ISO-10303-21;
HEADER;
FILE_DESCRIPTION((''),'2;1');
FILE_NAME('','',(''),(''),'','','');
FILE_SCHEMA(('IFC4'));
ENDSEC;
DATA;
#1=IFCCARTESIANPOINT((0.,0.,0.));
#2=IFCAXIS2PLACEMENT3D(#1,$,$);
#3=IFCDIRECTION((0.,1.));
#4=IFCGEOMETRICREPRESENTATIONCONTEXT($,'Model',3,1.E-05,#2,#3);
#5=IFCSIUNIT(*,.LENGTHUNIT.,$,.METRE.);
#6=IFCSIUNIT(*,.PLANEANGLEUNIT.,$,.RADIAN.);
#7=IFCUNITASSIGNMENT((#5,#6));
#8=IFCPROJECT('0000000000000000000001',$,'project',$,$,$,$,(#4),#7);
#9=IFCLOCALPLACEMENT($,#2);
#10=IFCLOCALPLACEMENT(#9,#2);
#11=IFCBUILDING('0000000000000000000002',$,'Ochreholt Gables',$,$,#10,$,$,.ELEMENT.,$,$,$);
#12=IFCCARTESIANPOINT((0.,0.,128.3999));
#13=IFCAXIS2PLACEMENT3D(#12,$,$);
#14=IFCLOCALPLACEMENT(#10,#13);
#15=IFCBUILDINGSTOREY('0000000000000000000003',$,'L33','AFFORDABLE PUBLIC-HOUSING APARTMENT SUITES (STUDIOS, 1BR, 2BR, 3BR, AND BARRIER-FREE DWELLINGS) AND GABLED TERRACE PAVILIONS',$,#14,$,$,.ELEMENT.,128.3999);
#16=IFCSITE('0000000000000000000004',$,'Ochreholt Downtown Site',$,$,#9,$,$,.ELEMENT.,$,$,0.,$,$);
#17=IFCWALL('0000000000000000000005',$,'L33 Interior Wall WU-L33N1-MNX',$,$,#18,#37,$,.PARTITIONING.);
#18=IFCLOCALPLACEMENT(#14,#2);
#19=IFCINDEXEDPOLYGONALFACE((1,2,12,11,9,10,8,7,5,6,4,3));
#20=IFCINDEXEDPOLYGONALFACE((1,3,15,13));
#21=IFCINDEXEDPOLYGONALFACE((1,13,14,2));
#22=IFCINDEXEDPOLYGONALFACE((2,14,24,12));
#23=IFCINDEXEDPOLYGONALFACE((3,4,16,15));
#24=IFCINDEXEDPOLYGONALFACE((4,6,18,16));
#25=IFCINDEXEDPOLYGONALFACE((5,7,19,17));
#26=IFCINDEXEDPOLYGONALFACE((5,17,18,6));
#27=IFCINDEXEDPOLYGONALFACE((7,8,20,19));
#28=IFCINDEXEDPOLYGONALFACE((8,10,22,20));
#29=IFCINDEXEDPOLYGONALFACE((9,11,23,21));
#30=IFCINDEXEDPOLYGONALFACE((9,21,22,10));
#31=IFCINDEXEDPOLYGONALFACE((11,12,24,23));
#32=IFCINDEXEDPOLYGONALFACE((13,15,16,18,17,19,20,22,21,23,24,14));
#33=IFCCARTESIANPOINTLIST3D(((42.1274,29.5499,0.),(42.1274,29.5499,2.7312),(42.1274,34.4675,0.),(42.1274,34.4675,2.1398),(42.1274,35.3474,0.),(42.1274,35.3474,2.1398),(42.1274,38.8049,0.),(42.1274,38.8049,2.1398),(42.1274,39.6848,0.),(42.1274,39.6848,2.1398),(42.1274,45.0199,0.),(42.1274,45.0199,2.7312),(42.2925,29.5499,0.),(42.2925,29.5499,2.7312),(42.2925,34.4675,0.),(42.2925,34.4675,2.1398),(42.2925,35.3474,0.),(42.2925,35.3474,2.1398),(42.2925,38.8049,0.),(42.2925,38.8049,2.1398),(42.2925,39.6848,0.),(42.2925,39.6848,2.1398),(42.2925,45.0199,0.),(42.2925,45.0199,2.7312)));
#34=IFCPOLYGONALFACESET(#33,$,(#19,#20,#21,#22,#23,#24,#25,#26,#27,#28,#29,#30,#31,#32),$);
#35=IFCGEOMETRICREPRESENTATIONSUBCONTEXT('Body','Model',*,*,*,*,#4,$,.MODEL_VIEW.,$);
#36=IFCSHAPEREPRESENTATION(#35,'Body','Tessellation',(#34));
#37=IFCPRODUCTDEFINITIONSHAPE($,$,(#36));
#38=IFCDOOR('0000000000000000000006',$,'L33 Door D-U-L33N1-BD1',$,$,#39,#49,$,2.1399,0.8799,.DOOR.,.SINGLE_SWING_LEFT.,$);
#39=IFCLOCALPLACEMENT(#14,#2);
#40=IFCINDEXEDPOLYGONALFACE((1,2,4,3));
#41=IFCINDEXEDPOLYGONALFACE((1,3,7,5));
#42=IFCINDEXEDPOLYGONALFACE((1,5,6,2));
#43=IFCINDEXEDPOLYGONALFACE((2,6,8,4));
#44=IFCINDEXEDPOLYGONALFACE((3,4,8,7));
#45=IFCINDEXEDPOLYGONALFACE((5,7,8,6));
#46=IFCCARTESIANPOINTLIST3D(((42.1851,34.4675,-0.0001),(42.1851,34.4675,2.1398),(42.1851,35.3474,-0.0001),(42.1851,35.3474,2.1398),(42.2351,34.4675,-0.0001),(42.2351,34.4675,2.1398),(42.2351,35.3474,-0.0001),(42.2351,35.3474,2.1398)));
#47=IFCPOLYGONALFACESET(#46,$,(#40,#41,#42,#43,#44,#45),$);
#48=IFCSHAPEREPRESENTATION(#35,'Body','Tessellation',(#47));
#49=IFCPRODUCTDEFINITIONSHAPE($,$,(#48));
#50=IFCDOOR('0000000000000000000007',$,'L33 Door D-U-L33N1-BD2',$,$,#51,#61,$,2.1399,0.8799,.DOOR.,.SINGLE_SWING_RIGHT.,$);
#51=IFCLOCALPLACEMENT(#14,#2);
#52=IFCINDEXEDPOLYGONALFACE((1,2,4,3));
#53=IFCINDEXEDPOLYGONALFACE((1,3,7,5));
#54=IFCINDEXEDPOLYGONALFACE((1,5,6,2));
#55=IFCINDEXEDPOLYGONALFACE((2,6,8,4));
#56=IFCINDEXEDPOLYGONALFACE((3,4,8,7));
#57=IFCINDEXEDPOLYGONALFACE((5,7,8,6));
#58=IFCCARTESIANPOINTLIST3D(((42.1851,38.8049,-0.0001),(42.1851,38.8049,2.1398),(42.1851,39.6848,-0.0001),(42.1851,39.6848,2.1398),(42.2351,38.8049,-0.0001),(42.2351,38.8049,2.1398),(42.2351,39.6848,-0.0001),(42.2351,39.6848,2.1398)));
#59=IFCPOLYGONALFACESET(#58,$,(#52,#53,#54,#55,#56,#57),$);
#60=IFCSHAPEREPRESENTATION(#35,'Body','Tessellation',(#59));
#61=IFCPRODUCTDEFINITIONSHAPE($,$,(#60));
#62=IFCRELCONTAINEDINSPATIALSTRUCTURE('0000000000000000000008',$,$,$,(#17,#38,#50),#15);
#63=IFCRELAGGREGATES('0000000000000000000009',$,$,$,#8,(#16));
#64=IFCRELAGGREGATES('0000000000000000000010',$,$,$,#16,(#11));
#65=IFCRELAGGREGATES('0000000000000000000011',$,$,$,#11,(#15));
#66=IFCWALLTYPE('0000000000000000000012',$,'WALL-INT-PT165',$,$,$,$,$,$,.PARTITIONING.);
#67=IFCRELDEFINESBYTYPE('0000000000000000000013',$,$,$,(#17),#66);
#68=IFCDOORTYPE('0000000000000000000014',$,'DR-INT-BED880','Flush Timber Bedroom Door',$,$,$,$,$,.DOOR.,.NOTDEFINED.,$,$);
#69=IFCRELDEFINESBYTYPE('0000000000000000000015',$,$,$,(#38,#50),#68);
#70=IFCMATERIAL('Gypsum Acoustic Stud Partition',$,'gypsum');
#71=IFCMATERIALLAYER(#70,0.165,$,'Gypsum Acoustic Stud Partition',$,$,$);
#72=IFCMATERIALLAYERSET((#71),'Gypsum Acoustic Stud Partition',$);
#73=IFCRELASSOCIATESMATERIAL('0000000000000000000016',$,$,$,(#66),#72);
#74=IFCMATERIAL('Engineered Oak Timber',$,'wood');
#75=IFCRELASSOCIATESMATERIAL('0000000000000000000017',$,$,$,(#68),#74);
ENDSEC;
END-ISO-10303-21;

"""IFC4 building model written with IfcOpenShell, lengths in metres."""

from ifc_helpers import new_model, si_unit, direction, frame, frame_2d, origin, place, context, subcontext, project, spatial, rectangle, extrude, material, layer, layer_set, type_object, element, fill, save


model = new_model("IFC4")

# Units and contexts
model_context = context("Model", 3, precision=1e-05, world=origin(), true_north=direction((0.0, 1.0)))
body_context = subcontext(model_context, "Body", "Model", "MODEL_VIEW")
ifc_project = project(units=[si_unit("LENGTHUNIT", "METRE"), si_unit("PLANEANGLEUNIT", "RADIAN")], contexts=[model_context])

# Site, building, storey
site_placement = place(None, origin())
site = spatial("IfcSite", under=ifc_project, at=site_placement, Name="Ochreholt Downtown Site", CompositionType="ELEMENT", RefElevation=0.0)
building_placement = place(site_placement, origin())
building = spatial("IfcBuilding", under=site, at=building_placement, Name="Ochreholt Gables", CompositionType="ELEMENT")
storey_placement = place(building_placement, frame((0.0, 0.0, 128.3999)))
storey = spatial("IfcBuildingStorey", under=building, at=storey_placement, Name="L33", Description="AFFORDABLE PUBLIC-HOUSING APARTMENT SUITES (STUDIOS, 1BR, 2BR, 3BR, AND BARRIER-FREE DWELLINGS) AND GABLED TERRACE PAVILIONS", CompositionType="ELEMENT", Elevation=128.3999)

# Shared definitions
ifc_material_1 = material(Name="Engineered Oak Timber", Category="wood")

# Wall, openings, doors
ifc_material_2 = material(Name="Gypsum Acoustic Stud Partition", Category="gypsum")
ifc_layer_1 = layer(ifc_material_2, 0.165, Name="Gypsum Acoustic Stud Partition")
ifc_layer_set_1 = layer_set([ifc_layer_1], Name="Gypsum Acoustic Stud Partition")
wall_type_1 = type_object("IfcWallType", Name="WALL-INT-PT165", PredefinedType="PARTITIONING", material=ifc_layer_set_1)
wall_1_placement = place(storey_placement, frame((42.21, 29.55, 0.0), z_axis=(0.0, 0.0, 1.0), x_axis=(0.0, 1.0, 0.0)))
wall_1 = element("IfcWall", 1, at=wall_1_placement, inside=storey, type_object=wall_type_1, Name="L33 Interior Wall WU-L33N1-MNX", PredefinedType="PARTITIONING", context=body_context, shape_type="SweptSolid", body=[
    extrude(rectangle(XDim=15.47, YDim=0.165, at=frame_2d((7.7349, 0.0))), origin(), (0.0, 0.0, 1.0), 2.7312),
])
opening_1_placement = place(wall_1_placement, frame((4.9175, 0.0, 0.0)))
opening_1 = element("IfcOpeningElement", 2, at=opening_1_placement, cuts=wall_1, PredefinedType="OPENING", context=body_context, shape_type="SweptSolid", body=[
    extrude(rectangle(XDim=0.8799, YDim=2.1399, at=frame_2d((0.4399, 1.0698))), frame((0.0, 0.0925, 0.0), z_axis=(0.0, -1.0, 0.0), x_axis=(1.0, 0.0, 0.0)), (0.0, 0.0, 1.0), 0.1851),
])
opening_2_placement = place(wall_1_placement, frame((9.2549, 0.0, 0.0)))
opening_2 = element("IfcOpeningElement", 3, at=opening_2_placement, cuts=wall_1, PredefinedType="OPENING", context=body_context, shape_type="SweptSolid", body=[
    extrude(rectangle(XDim=0.8799, YDim=2.1399, at=frame_2d((0.4399, 1.0698))), frame((0.0, 0.0925, 0.0), z_axis=(0.0, -1.0, 0.0), x_axis=(1.0, 0.0, 0.0)), (0.0, 0.0, 1.0), 0.1851),
])
door_type_1 = type_object("IfcDoorType", Name="DR-INT-BED880", Description="Flush Timber Bedroom Door", OperationType="NOTDEFINED", PredefinedType="DOOR", material=ifc_material_1)
door_1_placement = place(opening_1_placement, origin())
door_1 = element("IfcDoor", 4, at=door_1_placement, inside=storey, type_object=door_type_1, Name="L33 Door D-U-L33N1-BD1", OperationType="SINGLE_SWING_LEFT", OverallHeight=2.1399, OverallWidth=0.8799, PredefinedType="DOOR", context=body_context, shape_type="SweptSolid", body=[
    extrude(rectangle(XDim=0.8799, YDim=2.1399, at=frame_2d((0.4399, 1.0698))), frame((0.0, 0.0249, 0.0), z_axis=(0.0, -1.0, 0.0), x_axis=(1.0, 0.0, 0.0)), (0.0, 0.0, 1.0), 0.05),
])
fill(opening_1, door_1)
door_2_placement = place(opening_2_placement, origin())
door_2 = element("IfcDoor", 5, at=door_2_placement, inside=storey, type_object=door_type_1, Name="L33 Door D-U-L33N1-BD2", OperationType="SINGLE_SWING_RIGHT", OverallHeight=2.1399, OverallWidth=0.8799, PredefinedType="DOOR", context=body_context, shape_type="SweptSolid", body=[
    extrude(rectangle(XDim=0.8799, YDim=2.1399, at=frame_2d((0.4399, 1.0698))), frame((0.0, 0.0249, 0.0), z_axis=(0.0, -1.0, 0.0), x_axis=(1.0, 0.0, 0.0)), (0.0, 0.0, 1.0), 0.05),
])
fill(opening_2, door_2)

save(model, "model.ifc")
